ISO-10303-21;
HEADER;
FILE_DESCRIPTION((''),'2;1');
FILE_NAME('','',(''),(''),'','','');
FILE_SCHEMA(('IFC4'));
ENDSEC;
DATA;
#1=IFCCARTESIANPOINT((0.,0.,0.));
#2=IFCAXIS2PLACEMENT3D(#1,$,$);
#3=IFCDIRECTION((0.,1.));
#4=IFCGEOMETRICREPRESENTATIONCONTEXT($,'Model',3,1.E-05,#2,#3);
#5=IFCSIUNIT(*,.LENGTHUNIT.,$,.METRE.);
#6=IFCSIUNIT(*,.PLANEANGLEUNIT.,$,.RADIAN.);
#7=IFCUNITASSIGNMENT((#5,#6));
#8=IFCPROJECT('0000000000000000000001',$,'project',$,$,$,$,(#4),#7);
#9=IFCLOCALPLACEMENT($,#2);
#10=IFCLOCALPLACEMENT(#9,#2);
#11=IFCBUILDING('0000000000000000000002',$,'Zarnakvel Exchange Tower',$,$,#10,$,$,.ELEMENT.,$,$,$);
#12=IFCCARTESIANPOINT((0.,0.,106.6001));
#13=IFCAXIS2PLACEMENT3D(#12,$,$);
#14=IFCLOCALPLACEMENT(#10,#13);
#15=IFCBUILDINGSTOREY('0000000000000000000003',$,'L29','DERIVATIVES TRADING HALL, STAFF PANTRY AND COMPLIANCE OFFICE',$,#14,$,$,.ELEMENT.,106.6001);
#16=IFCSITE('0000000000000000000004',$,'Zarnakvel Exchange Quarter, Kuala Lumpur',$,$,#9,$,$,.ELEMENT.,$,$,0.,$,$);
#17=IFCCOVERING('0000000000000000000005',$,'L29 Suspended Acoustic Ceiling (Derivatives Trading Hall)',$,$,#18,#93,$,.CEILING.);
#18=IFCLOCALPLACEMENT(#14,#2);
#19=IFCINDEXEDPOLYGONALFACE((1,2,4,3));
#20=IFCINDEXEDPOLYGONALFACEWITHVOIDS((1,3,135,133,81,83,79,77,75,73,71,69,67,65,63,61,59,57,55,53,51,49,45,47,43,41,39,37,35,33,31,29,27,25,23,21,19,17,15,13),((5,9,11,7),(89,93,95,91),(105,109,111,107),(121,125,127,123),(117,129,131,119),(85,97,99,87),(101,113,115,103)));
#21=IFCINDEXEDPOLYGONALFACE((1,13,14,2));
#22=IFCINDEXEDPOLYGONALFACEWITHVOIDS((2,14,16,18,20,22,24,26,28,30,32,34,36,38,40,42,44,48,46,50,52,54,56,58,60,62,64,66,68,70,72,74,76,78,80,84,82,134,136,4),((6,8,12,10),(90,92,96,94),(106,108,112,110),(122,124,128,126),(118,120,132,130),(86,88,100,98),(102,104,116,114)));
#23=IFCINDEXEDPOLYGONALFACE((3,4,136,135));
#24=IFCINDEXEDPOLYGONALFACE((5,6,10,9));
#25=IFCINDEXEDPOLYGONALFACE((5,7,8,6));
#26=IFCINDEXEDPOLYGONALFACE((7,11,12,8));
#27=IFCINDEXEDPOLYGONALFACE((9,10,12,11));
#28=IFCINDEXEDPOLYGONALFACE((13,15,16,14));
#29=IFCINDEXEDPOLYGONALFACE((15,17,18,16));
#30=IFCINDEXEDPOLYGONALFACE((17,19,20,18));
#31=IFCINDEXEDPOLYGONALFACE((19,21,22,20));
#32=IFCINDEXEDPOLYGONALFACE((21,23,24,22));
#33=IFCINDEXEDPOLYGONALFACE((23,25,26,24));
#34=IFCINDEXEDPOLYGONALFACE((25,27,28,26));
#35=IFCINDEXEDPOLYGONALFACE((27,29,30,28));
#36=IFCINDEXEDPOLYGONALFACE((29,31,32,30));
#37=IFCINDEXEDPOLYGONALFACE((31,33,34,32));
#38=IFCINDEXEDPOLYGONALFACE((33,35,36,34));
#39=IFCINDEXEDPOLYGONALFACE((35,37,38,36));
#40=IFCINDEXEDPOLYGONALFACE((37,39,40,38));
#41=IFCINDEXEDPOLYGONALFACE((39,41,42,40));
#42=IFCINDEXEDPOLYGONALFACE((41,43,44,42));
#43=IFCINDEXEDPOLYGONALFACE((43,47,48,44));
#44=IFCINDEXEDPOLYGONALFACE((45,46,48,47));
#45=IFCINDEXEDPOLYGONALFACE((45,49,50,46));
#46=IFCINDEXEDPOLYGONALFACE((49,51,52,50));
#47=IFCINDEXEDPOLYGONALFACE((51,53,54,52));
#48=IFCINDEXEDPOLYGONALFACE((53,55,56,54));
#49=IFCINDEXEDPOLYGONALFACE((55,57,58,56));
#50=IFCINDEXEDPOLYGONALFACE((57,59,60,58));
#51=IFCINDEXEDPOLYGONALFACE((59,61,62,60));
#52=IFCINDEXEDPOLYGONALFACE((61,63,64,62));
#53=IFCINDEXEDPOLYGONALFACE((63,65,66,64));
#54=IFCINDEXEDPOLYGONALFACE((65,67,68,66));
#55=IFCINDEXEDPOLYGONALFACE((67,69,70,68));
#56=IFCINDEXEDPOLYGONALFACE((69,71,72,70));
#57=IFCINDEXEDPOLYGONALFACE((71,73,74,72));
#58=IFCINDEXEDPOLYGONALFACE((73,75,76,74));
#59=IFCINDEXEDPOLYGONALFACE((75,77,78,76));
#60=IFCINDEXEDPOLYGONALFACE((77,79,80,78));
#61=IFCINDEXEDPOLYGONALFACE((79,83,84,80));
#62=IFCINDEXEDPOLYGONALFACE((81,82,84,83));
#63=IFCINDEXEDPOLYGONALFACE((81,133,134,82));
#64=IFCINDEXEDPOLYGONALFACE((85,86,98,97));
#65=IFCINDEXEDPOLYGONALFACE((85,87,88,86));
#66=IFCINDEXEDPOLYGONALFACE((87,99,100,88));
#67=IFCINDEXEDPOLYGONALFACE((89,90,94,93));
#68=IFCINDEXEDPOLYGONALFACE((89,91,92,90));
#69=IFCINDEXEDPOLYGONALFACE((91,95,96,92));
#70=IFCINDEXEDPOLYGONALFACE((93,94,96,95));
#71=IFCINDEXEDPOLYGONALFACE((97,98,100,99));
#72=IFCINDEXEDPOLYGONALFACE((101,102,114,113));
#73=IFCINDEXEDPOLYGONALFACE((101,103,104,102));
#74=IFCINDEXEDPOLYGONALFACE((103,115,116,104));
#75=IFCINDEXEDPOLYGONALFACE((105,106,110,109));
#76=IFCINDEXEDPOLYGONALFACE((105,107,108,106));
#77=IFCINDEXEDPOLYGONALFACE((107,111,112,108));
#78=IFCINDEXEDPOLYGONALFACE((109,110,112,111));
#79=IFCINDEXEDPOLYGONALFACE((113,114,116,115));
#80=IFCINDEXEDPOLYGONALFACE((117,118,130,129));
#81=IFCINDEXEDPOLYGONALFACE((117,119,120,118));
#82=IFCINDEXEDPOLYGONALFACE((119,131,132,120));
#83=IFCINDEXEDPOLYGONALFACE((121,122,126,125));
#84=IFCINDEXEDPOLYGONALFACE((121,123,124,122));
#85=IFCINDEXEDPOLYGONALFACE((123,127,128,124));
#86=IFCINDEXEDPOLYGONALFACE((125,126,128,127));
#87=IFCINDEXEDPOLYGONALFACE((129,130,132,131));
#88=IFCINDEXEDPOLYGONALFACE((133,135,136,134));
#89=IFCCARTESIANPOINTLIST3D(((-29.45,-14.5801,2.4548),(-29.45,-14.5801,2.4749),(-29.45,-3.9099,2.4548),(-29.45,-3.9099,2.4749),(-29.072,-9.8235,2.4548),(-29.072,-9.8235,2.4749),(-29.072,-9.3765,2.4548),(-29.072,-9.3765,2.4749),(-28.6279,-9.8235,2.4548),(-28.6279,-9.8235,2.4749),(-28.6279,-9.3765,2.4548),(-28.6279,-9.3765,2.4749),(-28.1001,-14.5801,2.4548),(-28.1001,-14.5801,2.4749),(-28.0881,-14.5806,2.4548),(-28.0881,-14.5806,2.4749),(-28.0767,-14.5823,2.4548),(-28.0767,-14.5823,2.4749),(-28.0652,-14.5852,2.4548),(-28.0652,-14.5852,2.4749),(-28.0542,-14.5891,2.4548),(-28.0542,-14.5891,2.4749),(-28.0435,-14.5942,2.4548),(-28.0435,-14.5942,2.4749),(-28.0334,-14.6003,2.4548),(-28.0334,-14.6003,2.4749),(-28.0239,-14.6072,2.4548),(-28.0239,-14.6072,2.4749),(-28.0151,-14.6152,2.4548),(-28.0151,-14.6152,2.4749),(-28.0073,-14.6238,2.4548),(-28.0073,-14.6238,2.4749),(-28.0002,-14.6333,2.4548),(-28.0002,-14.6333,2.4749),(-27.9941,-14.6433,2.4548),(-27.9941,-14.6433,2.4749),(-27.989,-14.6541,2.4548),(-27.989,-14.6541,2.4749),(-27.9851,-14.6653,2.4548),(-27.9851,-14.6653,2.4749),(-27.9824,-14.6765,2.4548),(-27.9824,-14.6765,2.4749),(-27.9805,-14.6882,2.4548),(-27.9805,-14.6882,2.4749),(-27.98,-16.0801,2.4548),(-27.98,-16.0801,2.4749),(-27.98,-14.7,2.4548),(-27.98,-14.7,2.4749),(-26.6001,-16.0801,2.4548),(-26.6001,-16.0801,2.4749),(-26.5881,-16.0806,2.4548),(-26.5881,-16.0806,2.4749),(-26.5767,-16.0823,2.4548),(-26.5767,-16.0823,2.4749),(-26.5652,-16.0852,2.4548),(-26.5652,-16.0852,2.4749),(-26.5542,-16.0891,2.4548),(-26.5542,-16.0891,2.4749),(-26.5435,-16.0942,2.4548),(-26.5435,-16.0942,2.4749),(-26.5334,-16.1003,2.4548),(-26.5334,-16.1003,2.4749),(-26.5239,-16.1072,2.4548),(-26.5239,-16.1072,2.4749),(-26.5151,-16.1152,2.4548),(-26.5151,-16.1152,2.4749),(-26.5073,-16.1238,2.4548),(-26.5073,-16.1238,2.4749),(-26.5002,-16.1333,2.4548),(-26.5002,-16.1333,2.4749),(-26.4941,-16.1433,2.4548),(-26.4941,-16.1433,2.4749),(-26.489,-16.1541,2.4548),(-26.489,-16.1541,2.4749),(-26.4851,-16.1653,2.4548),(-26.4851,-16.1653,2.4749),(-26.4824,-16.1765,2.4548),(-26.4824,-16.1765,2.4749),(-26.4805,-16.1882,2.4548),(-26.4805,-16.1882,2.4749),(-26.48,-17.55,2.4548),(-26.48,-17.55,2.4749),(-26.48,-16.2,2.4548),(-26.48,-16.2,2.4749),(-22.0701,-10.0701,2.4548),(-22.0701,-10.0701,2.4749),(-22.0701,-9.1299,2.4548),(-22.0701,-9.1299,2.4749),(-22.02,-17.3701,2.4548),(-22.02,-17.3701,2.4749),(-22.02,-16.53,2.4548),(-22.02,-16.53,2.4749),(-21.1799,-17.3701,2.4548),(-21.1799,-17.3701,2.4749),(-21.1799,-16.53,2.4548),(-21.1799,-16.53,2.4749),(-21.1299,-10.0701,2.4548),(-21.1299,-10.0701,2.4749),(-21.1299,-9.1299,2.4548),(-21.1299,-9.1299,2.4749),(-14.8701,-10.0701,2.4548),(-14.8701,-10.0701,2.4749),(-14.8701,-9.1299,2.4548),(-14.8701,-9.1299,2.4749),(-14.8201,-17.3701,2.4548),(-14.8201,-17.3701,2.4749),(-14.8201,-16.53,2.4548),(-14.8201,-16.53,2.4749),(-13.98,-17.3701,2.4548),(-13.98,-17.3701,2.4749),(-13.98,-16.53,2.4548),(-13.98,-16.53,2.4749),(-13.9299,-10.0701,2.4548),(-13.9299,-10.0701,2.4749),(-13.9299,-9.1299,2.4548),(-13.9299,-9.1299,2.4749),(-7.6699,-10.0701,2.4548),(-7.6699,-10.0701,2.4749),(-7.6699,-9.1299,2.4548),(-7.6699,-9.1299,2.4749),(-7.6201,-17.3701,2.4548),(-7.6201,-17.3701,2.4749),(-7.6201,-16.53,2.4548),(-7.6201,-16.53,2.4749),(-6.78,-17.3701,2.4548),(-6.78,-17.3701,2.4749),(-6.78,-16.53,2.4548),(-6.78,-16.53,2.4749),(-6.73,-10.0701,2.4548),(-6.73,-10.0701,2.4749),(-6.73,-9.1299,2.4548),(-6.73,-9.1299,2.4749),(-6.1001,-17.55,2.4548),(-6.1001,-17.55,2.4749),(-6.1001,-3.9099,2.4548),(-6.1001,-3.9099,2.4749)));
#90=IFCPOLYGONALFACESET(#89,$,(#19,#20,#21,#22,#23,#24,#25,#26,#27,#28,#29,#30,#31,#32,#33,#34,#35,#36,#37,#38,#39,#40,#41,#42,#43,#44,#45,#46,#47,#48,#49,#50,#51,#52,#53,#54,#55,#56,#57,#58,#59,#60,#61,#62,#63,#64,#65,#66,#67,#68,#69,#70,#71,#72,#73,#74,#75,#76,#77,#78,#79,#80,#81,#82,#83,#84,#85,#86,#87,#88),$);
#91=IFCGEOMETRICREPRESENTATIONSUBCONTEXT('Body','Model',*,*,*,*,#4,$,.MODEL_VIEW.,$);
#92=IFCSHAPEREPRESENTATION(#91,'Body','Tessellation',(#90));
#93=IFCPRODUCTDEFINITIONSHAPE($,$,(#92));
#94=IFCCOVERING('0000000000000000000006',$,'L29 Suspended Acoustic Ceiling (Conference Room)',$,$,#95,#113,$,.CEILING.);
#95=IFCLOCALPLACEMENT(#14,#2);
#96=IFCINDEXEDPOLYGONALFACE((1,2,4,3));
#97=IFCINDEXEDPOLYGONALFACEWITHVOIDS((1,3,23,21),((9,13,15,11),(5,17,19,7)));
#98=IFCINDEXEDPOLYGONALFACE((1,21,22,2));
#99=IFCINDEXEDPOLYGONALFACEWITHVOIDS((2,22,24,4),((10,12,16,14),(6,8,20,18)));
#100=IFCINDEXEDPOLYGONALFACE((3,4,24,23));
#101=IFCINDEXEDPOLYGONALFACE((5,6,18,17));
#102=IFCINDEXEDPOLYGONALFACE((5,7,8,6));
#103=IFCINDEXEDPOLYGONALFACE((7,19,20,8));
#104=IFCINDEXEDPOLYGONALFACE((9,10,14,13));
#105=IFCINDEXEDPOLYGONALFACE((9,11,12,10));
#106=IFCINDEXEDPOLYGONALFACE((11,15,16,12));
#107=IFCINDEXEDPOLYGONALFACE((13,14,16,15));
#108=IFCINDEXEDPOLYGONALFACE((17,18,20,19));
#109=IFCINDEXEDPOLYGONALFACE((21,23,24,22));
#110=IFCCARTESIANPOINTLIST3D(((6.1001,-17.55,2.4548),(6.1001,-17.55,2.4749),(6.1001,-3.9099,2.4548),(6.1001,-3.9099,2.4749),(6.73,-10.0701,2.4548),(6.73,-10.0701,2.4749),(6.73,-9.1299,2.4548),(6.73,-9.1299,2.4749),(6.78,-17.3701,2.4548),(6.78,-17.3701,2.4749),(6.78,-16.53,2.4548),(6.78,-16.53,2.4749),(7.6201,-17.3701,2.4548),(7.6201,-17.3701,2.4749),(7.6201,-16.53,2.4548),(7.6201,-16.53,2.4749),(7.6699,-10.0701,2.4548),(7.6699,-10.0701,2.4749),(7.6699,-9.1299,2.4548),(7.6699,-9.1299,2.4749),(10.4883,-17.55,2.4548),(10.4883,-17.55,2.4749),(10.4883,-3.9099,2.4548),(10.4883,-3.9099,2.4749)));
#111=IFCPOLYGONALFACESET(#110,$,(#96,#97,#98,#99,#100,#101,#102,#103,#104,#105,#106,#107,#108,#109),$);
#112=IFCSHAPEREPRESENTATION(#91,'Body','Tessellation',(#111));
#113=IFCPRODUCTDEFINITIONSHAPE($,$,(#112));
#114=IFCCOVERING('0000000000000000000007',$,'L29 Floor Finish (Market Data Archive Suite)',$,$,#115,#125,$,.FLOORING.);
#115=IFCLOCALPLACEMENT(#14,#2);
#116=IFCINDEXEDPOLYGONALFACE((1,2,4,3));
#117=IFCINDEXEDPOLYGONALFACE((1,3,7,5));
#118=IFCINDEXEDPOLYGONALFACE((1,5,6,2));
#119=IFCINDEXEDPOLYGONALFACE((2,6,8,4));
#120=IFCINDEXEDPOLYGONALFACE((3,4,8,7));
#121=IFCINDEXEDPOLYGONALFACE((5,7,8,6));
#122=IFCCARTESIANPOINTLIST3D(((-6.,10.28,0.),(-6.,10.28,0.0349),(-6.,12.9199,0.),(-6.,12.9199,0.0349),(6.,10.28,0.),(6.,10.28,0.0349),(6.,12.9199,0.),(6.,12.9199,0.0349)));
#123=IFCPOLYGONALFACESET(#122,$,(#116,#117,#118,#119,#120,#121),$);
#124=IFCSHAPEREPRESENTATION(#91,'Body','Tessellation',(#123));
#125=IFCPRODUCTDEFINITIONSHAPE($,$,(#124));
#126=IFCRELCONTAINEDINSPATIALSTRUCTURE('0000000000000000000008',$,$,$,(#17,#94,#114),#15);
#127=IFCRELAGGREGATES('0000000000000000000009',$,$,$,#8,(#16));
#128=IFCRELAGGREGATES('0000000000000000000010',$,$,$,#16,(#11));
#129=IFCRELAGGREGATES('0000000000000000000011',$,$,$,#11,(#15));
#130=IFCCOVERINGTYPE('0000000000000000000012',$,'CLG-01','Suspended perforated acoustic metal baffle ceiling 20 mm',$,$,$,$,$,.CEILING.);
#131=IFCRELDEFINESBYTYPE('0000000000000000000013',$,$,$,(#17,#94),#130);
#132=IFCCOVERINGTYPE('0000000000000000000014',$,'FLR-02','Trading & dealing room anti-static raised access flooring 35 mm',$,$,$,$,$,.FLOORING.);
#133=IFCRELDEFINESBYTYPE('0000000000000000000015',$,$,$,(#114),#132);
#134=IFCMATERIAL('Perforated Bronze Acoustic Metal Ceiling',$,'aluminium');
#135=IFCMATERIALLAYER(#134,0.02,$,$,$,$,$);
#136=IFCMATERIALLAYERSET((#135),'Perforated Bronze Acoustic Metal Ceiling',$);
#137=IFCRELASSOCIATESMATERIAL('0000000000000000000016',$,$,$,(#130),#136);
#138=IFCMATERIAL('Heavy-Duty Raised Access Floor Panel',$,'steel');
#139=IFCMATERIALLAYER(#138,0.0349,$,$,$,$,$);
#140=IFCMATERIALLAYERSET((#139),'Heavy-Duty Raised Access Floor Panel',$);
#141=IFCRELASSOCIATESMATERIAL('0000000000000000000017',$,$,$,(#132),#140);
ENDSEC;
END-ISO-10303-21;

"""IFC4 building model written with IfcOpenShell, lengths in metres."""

from ifc_helpers import new_model, si_unit, direction, frame, origin, place, context, subcontext, project, spatial, polyline, outline, extrude, material, layer, layer_set, type_object, element, save


model = new_model("IFC4")

# Units and contexts
model_context = context("Model", 3, precision=1e-05, world=origin(), true_north=direction((0.0, 1.0)))
body_context = subcontext(model_context, "Body", "Model", "MODEL_VIEW")
ifc_project = project(units=[si_unit("LENGTHUNIT", "METRE"), si_unit("PLANEANGLEUNIT", "RADIAN")], contexts=[model_context])

# Site, building, storey
site_placement = place(None, origin())
site = spatial("IfcSite", under=ifc_project, at=site_placement, Name="Zarnakvel Exchange Quarter, Kuala Lumpur", CompositionType="ELEMENT", RefElevation=0.0)
building_placement = place(site_placement, origin())
building = spatial("IfcBuilding", under=site, at=building_placement, Name="Zarnakvel Exchange Tower", CompositionType="ELEMENT")
storey_placement = place(building_placement, frame((0.0, 0.0, 106.6001)))
storey = spatial("IfcBuildingStorey", under=building, at=storey_placement, Name="L29", Description="DERIVATIVES TRADING HALL, STAFF PANTRY AND COMPLIANCE OFFICE", CompositionType="ELEMENT", Elevation=106.6001)

# Coverings
ifc_material_1 = material(Name="Perforated Bronze Acoustic Metal Ceiling", Category="aluminium")
ifc_layer_1 = layer(ifc_material_1, 0.02)
ifc_layer_set_1 = layer_set([ifc_layer_1], Name="Perforated Bronze Acoustic Metal Ceiling")
covering_type_1 = type_object("IfcCoveringType", Name="CLG-01", Description="Suspended perforated acoustic metal baffle ceiling 20 mm", PredefinedType="CEILING", material=ifc_layer_set_1)
covering_1_placement = place(storey_placement, frame((0.0, 0.0, 2.4548)))
element("IfcCovering", 1, at=covering_1_placement, inside=storey, type_object=covering_type_1, Name="L29 Suspended Acoustic Ceiling (Derivatives Trading Hall)", PredefinedType="CEILING", context=body_context, shape_type="SweptSolid", body=[
    extrude(outline(polyline([(-6.1001, -3.9099), (-6.1001, -17.55), (-26.48, -17.55), (-26.48, -16.2), (-26.4805, -16.1882), (-26.4824, -16.1765), (-26.4851, -16.1653), (-26.489, -16.1541), (-26.4941, -16.1433), (-26.5002, -16.1333), (-26.5073, -16.1238), (-26.5151, -16.1152), (-26.5239, -16.1072), (-26.5334, -16.1003), (-26.5435, -16.0942), (-26.5542, -16.0891), (-26.5652, -16.0852), (-26.5767, -16.0823), (-26.5881, -16.0806), (-26.6001, -16.0801), (-27.98, -16.0801), (-27.98, -14.7), (-27.9805, -14.6882), (-27.9824, -14.6765), (-27.9851, -14.6653), (-27.989, -14.6541), (-27.9941, -14.6433), (-28.0002, -14.6333), (-28.0073, -14.6238), (-28.0151, -14.6152), (-28.0239, -14.6072), (-28.0334, -14.6003), (-28.0435, -14.5942), (-28.0542, -14.5891), (-28.0652, -14.5852), (-28.0767, -14.5823), (-28.0881, -14.5806), (-28.1001, -14.5801), (-29.45, -14.5801), (-29.45, -3.9099), (-6.1001, -3.9099)]), holes=[polyline([(-7.6699, -10.0701), (-6.73, -10.0701), (-6.73, -9.1299), (-7.6699, -9.1299), (-7.6699, -10.0701)]), polyline([(-6.78, -17.3701), (-6.78, -16.53), (-7.6201, -16.53), (-7.6201, -17.3701), (-6.78, -17.3701)]), polyline([(-13.9299, -10.0701), (-13.9299, -9.1299), (-14.8701, -9.1299), (-14.8701, -10.0701), (-13.9299, -10.0701)]), polyline([(-13.98, -17.3701), (-13.98, -16.53), (-14.8201, -16.53), (-14.8201, -17.3701), (-13.98, -17.3701)]), polyline([(-21.1299, -10.0701), (-21.1299, -9.1299), (-22.0701, -9.1299), (-22.0701, -10.0701), (-21.1299, -10.0701)]), polyline([(-21.1799, -17.3701), (-21.1799, -16.53), (-22.02, -16.53), (-22.02, -17.3701), (-21.1799, -17.3701)]), polyline([(-29.072, -9.8235), (-28.6279, -9.8235), (-28.6279, -9.3765), (-29.072, -9.3765), (-29.072, -9.8235)])]), origin(), (0.0, 0.0, 1.0), 0.02),
])
covering_2_placement = place(storey_placement, frame((0.0, 0.0, 2.4548)))
element("IfcCovering", 2, at=covering_2_placement, inside=storey, type_object=covering_type_1, Name="L29 Suspended Acoustic Ceiling (Conference Room)", PredefinedType="CEILING", context=body_context, shape_type="SweptSolid", body=[
    extrude(outline(polyline([(6.1001, -3.9099), (10.4883, -3.9099), (10.4883, -17.55), (6.1001, -17.55), (6.1001, -3.9099)]), holes=[polyline([(6.73, -10.0701), (7.6699, -10.0701), (7.6699, -9.1299), (6.73, -9.1299), (6.73, -10.0701)]), polyline([(7.6201, -17.3701), (7.6201, -16.53), (6.78, -16.53), (6.78, -17.3701), (7.6201, -17.3701)])]), origin(), (0.0, 0.0, 1.0), 0.02),
])
ifc_material_2 = material(Name="Heavy-Duty Raised Access Floor Panel", Category="steel")
ifc_layer_2 = layer(ifc_material_2, 0.0349)
ifc_layer_set_2 = layer_set([ifc_layer_2], Name="Heavy-Duty Raised Access Floor Panel")
covering_type_2 = type_object("IfcCoveringType", Name="FLR-02", Description="Trading & dealing room anti-static raised access flooring 35 mm", PredefinedType="FLOORING", material=ifc_layer_set_2)
covering_3_placement = place(storey_placement, origin())
element("IfcCovering", 3, at=covering_3_placement, inside=storey, type_object=covering_type_2, Name="L29 Floor Finish (Market Data Archive Suite)", PredefinedType="FLOORING", context=body_context, shape_type="SweptSolid", body=[
    extrude(outline(polyline([(-6.0, 12.9199), (6.0, 12.9199), (6.0, 10.28), (-6.0, 10.28), (-6.0, 12.9199)])), origin(), (0.0, 0.0, 1.0), 0.0349),
])

save(model, "model.ifc")
